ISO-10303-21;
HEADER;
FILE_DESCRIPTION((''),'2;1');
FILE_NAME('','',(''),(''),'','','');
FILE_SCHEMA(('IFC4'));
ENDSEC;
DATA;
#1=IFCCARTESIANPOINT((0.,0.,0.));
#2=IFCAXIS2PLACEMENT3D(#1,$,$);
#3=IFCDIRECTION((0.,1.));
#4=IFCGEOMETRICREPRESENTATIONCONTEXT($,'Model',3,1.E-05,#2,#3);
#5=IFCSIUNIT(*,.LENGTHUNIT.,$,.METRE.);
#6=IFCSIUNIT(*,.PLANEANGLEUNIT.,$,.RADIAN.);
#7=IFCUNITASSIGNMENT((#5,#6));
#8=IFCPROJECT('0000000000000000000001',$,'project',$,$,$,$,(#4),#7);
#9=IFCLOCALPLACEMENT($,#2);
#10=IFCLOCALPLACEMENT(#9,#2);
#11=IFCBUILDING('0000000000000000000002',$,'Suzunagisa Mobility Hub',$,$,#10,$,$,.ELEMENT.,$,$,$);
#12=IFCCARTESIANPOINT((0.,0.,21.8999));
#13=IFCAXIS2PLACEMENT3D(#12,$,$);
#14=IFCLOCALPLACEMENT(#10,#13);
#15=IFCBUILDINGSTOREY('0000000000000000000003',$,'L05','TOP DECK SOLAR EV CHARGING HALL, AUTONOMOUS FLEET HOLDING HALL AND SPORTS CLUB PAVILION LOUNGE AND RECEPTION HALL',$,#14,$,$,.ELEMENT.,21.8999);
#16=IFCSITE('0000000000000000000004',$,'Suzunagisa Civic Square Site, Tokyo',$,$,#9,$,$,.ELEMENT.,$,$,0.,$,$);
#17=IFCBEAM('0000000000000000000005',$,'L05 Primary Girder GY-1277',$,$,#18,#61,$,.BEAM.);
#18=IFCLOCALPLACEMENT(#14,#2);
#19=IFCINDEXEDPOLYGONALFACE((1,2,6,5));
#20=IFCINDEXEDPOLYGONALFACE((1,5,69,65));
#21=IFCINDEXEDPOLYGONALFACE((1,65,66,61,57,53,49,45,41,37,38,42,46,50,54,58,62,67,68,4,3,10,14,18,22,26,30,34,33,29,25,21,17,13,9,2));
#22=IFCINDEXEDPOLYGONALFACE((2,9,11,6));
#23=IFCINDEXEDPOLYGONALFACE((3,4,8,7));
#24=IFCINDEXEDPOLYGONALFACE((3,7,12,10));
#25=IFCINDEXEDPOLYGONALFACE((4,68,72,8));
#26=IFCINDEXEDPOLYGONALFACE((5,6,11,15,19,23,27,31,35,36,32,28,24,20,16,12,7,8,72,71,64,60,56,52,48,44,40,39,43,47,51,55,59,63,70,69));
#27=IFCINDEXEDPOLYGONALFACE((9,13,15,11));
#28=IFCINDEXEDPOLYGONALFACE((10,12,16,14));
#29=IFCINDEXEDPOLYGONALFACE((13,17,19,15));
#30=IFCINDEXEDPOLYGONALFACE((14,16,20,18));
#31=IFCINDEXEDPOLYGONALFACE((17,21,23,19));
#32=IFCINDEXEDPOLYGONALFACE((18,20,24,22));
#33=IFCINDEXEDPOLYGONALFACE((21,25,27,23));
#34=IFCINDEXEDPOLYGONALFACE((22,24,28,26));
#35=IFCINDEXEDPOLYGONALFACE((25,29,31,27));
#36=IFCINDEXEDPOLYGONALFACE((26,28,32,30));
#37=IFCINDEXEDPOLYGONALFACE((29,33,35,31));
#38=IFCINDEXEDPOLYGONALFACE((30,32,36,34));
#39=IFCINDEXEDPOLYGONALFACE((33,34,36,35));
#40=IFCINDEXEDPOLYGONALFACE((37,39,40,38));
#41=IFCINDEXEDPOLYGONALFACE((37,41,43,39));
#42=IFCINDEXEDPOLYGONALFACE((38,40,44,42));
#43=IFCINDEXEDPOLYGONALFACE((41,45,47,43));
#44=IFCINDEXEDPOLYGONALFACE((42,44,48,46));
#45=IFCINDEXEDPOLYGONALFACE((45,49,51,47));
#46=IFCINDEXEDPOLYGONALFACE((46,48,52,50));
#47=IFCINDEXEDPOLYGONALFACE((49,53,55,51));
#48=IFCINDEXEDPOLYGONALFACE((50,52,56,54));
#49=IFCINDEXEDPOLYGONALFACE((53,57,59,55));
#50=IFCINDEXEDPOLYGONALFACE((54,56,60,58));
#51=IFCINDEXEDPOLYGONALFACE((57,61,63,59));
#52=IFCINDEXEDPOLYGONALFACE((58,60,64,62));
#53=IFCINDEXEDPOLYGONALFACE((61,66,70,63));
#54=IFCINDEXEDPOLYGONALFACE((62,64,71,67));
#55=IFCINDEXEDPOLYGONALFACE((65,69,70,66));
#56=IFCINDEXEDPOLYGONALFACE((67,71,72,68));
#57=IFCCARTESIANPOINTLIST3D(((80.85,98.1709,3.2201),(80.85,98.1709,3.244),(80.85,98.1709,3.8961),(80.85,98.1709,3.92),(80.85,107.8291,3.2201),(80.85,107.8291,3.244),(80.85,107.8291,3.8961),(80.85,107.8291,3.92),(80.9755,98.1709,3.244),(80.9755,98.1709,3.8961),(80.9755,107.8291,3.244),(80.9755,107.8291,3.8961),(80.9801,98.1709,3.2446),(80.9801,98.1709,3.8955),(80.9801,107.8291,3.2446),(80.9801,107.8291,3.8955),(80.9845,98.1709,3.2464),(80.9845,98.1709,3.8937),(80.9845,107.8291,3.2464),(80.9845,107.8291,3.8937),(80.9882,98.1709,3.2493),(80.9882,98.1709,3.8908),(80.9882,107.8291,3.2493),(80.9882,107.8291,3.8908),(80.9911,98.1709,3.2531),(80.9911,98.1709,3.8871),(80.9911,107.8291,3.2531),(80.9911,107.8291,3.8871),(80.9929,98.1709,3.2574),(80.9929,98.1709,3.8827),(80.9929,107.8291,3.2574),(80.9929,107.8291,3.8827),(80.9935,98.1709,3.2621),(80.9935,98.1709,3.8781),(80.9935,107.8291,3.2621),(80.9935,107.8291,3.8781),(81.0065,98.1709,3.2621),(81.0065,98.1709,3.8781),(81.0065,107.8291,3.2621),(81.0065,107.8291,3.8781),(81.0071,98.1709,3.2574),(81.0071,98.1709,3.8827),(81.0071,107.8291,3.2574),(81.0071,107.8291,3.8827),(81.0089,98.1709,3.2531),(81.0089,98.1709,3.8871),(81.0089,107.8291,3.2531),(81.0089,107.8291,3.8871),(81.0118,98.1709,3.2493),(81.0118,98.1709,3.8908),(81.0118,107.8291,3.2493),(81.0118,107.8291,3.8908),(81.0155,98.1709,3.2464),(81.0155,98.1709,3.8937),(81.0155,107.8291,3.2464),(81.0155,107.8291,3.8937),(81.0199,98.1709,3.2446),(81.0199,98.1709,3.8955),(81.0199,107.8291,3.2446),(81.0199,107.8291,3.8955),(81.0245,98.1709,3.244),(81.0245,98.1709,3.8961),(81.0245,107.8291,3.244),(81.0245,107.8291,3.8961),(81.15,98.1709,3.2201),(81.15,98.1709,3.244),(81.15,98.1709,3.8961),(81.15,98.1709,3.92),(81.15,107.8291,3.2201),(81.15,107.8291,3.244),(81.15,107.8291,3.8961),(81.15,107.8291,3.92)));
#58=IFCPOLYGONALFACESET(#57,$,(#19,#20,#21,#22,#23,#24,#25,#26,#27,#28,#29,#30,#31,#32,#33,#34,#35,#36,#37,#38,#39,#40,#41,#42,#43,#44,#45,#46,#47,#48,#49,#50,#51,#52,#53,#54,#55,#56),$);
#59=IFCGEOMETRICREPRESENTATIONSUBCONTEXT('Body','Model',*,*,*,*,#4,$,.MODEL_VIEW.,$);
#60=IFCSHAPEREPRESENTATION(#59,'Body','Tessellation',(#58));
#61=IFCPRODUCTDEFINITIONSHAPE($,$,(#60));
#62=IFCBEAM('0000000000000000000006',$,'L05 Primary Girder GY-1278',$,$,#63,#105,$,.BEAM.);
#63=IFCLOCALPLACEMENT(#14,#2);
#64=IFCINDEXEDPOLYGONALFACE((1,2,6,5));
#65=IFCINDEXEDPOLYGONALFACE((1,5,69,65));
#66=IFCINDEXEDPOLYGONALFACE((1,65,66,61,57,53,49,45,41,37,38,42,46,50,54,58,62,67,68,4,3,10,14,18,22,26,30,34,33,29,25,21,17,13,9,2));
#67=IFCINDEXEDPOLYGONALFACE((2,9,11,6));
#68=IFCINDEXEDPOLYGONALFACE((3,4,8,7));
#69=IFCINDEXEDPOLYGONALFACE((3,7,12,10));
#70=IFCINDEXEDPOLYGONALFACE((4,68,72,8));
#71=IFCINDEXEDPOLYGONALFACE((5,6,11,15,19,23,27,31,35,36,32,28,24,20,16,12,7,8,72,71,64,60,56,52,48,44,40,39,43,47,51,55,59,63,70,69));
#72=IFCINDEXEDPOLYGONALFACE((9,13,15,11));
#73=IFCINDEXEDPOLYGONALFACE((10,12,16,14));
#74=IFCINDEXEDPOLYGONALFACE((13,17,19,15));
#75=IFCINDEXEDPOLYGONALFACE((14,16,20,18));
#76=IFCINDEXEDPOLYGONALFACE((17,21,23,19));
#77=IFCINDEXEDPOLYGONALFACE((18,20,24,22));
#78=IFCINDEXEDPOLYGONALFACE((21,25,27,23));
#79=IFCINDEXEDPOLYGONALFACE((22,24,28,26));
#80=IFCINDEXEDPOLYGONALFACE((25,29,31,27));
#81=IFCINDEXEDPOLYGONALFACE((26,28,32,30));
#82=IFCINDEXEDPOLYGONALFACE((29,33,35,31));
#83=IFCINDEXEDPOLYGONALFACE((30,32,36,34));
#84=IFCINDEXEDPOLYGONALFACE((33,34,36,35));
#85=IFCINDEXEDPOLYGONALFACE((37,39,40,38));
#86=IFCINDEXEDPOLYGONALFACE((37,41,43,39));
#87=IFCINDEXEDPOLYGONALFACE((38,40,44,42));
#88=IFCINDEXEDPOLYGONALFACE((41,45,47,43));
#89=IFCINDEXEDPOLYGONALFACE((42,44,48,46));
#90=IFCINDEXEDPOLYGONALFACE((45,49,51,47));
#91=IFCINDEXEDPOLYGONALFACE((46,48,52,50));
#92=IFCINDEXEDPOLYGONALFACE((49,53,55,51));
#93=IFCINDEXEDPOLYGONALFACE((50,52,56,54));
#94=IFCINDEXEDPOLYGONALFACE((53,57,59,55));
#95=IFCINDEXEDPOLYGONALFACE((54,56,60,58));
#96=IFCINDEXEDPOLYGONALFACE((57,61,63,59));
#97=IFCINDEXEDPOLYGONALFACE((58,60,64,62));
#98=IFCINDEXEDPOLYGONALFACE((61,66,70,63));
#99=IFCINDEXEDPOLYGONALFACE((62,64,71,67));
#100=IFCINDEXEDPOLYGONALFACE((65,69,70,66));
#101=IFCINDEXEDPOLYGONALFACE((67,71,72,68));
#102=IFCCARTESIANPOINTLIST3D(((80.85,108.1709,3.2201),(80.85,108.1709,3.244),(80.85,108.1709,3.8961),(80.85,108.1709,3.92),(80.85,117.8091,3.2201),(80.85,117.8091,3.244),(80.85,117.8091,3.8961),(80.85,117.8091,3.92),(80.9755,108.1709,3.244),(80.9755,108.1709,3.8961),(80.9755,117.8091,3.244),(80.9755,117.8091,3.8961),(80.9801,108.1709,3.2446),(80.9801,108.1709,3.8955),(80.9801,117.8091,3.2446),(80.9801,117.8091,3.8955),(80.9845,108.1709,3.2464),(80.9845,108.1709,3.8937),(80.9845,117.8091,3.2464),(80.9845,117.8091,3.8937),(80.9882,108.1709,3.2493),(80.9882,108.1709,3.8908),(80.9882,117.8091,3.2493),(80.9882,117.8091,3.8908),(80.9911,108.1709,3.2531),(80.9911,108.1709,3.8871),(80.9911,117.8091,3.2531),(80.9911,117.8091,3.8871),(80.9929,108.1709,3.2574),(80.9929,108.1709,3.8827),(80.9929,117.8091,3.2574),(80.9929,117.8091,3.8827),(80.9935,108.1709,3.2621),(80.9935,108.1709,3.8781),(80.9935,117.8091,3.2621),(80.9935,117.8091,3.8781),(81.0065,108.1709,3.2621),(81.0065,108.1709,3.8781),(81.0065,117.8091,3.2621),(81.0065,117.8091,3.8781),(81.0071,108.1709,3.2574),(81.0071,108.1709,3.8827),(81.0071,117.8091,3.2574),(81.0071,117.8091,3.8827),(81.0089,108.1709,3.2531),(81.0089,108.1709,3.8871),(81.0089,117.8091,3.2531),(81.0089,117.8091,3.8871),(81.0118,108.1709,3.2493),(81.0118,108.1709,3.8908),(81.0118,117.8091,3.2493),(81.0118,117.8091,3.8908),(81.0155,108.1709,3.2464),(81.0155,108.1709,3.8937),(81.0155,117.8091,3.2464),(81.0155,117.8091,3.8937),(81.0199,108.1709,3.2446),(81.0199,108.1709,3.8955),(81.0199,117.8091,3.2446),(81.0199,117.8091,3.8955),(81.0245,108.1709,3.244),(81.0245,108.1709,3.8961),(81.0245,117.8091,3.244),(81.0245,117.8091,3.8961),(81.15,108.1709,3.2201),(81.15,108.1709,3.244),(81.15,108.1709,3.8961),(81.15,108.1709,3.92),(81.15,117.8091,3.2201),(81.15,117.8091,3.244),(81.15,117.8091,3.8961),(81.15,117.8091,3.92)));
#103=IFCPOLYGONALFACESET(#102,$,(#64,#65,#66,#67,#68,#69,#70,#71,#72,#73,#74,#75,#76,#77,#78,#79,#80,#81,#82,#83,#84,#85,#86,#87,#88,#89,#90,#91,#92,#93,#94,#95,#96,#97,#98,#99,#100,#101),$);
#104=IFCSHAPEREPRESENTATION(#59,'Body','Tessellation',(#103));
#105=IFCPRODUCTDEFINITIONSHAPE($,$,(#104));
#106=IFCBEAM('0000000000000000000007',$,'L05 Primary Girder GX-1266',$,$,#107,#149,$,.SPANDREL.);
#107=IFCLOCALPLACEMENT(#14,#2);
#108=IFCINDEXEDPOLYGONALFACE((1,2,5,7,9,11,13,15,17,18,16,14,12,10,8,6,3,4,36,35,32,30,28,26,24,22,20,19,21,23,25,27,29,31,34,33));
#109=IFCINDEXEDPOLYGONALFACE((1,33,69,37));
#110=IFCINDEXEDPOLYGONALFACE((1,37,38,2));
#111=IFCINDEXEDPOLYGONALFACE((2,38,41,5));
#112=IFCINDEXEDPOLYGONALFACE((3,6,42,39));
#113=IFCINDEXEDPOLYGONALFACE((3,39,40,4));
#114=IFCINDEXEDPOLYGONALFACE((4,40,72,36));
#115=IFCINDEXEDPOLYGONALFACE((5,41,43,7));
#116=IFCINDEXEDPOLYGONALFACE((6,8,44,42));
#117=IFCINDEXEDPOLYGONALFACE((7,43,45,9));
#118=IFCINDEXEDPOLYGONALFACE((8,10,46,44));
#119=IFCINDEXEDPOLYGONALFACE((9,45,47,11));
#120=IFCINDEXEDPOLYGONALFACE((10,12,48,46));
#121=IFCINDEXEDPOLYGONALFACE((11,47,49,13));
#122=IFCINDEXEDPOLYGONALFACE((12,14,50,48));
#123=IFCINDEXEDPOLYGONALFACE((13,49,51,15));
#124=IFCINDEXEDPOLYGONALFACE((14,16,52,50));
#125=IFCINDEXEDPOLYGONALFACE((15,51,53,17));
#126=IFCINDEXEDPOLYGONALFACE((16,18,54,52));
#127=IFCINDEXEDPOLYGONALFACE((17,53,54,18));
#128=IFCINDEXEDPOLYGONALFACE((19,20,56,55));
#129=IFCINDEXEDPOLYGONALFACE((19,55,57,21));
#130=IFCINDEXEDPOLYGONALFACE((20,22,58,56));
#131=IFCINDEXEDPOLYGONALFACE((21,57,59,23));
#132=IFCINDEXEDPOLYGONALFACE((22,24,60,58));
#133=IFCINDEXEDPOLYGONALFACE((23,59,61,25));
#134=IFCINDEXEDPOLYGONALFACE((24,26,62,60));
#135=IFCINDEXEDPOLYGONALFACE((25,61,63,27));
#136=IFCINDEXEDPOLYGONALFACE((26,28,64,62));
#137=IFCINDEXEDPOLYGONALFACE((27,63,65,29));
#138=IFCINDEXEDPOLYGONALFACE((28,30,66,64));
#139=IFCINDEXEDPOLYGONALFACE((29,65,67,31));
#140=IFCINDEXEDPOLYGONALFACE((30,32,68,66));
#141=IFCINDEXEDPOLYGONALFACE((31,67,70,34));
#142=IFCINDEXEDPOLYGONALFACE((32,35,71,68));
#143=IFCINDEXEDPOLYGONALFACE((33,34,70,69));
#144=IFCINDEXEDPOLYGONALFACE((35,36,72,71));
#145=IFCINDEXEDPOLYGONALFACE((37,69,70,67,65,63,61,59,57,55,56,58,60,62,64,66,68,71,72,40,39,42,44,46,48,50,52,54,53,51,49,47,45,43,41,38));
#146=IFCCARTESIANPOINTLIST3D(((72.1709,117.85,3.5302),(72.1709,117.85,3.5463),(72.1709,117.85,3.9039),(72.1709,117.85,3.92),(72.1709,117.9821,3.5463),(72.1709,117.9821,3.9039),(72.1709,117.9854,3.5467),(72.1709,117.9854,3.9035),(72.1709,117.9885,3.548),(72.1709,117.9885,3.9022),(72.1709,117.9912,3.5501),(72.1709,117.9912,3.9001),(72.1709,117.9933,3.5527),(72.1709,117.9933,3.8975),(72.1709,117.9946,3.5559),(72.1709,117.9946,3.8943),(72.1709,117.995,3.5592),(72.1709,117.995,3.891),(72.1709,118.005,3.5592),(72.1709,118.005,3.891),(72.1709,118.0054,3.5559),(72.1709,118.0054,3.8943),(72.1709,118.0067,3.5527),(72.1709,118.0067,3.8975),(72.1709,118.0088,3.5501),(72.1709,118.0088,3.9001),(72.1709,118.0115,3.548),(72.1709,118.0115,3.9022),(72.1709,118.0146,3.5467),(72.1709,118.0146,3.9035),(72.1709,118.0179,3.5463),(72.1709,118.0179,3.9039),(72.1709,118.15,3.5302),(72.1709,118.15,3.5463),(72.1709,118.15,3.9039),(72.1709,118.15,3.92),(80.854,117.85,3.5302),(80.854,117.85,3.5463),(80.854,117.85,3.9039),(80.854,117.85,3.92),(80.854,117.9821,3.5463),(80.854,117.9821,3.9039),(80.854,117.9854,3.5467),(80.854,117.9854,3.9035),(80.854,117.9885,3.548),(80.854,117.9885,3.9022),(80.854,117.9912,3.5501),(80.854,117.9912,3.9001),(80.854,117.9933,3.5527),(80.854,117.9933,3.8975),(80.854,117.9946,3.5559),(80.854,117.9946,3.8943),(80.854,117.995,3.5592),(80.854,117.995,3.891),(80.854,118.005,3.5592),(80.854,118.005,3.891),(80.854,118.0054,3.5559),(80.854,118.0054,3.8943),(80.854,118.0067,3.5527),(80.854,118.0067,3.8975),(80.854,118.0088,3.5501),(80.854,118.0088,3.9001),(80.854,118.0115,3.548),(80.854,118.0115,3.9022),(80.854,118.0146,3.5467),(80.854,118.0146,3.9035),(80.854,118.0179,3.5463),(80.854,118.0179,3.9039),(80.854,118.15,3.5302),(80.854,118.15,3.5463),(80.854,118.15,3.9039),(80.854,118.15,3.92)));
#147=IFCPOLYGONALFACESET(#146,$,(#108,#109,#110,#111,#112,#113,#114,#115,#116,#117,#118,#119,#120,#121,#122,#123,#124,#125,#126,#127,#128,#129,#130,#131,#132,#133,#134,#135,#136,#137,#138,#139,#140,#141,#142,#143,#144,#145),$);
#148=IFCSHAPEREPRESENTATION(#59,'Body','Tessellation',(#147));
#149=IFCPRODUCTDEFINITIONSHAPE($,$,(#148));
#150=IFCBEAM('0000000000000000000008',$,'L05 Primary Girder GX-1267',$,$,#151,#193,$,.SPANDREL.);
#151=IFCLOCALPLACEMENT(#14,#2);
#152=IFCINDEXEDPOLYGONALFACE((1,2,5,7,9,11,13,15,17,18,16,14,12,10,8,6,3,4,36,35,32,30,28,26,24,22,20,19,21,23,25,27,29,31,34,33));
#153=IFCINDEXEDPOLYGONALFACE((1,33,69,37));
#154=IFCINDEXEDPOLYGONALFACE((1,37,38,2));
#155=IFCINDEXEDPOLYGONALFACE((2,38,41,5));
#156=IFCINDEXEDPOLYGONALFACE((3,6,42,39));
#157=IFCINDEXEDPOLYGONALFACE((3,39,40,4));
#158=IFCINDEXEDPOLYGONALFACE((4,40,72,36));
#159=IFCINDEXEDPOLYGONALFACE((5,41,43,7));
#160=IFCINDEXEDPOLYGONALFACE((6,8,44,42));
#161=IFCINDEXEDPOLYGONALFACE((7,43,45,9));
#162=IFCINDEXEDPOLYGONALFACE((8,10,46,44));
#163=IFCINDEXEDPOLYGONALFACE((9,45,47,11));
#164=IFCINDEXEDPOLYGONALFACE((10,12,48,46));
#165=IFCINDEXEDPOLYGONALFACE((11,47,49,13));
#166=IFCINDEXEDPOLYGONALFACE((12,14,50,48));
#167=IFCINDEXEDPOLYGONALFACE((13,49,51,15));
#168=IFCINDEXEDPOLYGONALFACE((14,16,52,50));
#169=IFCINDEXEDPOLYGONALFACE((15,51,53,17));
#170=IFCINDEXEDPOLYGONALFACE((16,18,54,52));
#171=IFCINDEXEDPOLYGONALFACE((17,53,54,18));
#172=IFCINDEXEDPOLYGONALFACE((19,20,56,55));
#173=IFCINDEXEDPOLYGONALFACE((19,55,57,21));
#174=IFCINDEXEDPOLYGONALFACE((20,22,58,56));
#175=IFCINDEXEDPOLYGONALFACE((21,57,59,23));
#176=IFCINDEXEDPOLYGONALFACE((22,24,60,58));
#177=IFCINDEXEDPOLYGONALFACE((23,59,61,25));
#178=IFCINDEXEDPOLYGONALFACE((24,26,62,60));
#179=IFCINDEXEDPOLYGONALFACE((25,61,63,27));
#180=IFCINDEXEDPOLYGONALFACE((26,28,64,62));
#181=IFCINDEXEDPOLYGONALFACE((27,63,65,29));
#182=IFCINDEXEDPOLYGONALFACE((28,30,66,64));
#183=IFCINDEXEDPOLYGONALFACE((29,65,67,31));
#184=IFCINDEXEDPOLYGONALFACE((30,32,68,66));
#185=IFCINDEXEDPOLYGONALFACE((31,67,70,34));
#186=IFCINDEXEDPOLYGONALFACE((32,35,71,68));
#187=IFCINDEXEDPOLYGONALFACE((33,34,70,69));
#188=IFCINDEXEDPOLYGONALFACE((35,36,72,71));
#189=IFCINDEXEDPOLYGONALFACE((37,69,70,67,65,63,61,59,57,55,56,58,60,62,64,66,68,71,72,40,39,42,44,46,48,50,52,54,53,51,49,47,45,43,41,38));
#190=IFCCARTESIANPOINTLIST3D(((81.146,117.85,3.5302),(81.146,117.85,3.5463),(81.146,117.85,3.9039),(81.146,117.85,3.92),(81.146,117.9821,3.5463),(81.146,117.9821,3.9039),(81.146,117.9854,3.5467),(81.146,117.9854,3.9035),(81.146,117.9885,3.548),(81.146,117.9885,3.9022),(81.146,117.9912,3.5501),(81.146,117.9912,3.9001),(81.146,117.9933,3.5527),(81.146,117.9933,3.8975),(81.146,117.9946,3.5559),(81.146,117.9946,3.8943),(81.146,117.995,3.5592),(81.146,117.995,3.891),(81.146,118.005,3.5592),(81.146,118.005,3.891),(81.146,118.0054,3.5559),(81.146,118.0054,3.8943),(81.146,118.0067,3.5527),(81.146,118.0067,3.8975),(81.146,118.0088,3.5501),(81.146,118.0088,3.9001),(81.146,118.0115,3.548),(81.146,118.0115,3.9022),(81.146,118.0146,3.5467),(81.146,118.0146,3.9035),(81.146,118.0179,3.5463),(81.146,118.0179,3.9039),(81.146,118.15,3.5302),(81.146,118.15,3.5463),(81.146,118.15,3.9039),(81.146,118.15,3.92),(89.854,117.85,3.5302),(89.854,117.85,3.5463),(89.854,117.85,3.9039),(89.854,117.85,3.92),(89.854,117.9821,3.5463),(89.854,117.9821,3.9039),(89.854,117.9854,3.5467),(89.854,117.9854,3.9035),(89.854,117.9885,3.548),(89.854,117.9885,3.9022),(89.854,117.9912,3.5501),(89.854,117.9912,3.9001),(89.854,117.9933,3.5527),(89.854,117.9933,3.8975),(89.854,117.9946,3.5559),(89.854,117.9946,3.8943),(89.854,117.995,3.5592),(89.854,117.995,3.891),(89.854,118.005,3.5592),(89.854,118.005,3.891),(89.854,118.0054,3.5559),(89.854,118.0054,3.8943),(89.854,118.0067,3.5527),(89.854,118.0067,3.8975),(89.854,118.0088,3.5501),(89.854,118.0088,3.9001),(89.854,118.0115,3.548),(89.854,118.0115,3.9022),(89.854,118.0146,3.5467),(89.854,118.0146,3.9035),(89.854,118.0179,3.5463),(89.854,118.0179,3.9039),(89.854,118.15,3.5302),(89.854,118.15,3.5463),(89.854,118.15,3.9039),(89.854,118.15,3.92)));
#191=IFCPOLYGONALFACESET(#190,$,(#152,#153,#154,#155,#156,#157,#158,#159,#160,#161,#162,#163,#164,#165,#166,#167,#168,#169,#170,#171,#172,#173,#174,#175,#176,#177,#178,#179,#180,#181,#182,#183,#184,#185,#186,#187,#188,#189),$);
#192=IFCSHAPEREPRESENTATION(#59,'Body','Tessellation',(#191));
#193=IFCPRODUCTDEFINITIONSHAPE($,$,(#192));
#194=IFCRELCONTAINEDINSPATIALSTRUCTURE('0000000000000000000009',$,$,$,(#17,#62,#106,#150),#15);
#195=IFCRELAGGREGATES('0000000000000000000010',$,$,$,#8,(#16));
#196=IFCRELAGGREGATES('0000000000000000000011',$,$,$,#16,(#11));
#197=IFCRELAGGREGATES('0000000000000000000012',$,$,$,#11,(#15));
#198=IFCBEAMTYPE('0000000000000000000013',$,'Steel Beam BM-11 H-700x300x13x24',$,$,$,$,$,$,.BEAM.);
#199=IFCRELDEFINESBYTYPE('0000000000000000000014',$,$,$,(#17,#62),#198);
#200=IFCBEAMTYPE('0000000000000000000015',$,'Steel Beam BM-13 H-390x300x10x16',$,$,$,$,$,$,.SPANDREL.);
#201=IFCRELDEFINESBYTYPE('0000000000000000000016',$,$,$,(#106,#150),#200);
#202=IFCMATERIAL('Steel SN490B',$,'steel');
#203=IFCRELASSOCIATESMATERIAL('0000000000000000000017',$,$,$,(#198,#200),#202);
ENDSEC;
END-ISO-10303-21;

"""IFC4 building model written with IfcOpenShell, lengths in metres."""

from ifc_helpers import new_model, si_unit, direction, frame, origin, origin_2d, place, context, subcontext, project, spatial, i_section, extrude, material, material_profile, profile_set, type_object, element, save


model = new_model("IFC4")

# Units and contexts
model_context = context("Model", 3, precision=1e-05, world=origin(), true_north=direction((0.0, 1.0)))
body_context = subcontext(model_context, "Body", "Model", "MODEL_VIEW")
ifc_project = project(units=[si_unit("LENGTHUNIT", "METRE"), si_unit("PLANEANGLEUNIT", "RADIAN")], contexts=[model_context])

# Site, building, storey
site_placement = place(None, origin())
site = spatial("IfcSite", under=ifc_project, at=site_placement, Name="Suzunagisa Civic Square Site, Tokyo", CompositionType="ELEMENT", RefElevation=0.0)
building_placement = place(site_placement, origin())
building = spatial("IfcBuilding", under=site, at=building_placement, Name="Suzunagisa Mobility Hub", CompositionType="ELEMENT")
storey_placement = place(building_placement, frame((0.0, 0.0, 21.8999)))
storey = spatial("IfcBuildingStorey", under=building, at=storey_placement, Name="L05", Description="TOP DECK SOLAR EV CHARGING HALL, AUTONOMOUS FLEET HOLDING HALL AND SPORTS CLUB PAVILION LOUNGE AND RECEPTION HALL", CompositionType="ELEMENT", Elevation=21.8999)

# Shared definitions
ifc_material_1 = material(Name="Steel SN490B", Category="steel")

# Beams
ifc_material_profile_1 = material_profile(ifc_material_1, i_section(OverallWidth=0.3, OverallDepth=0.7, WebThickness=0.0129, FlangeThickness=0.0239, FilletRadius=0.0181, at=origin_2d()), Name="H-700x300x13x24")
ifc_profile_set_1 = profile_set([ifc_material_profile_1], Name="Steel SN490B")
beam_type_1 = type_object("IfcBeamType", Name="Steel Beam BM-11 H-700x300x13x24", PredefinedType="BEAM", material=ifc_profile_set_1)
beam_1_placement = place(storey_placement, frame((81.0, 98.1709, 3.5701), z_axis=(0.0, 1.0, 0.0), x_axis=(-1.0, 0.0, 0.0)))
element("IfcBeam", 1, at=beam_1_placement, inside=storey, type_object=beam_type_1, Name="L05 Primary Girder GY-1277", PredefinedType="BEAM", context=body_context, shape_type="SweptSolid", body=[
    extrude(i_section(OverallWidth=0.3, OverallDepth=0.7, WebThickness=0.0129, FlangeThickness=0.0239, FilletRadius=0.0181, at=origin_2d()), origin(), (0.0, 0.0, 1.0), 9.6582),
])
beam_2_placement = place(storey_placement, frame((81.0, 108.1709, 3.5701), z_axis=(0.0, 1.0, 0.0), x_axis=(-1.0, 0.0, 0.0)))
element("IfcBeam", 2, at=beam_2_placement, inside=storey, type_object=beam_type_1, Name="L05 Primary Girder GY-1278", PredefinedType="BEAM", context=body_context, shape_type="SweptSolid", body=[
    extrude(i_section(OverallWidth=0.3, OverallDepth=0.7, WebThickness=0.0129, FlangeThickness=0.0239, FilletRadius=0.0181, at=origin_2d()), origin(), (0.0, 0.0, 1.0), 9.6382),
])
ifc_material_profile_2 = material_profile(ifc_material_1, i_section(OverallWidth=0.3, OverallDepth=0.3899, WebThickness=0.01, FlangeThickness=0.0161, FilletRadius=0.0129, at=origin_2d()), Name="H-390x300x10x16")
ifc_profile_set_2 = profile_set([ifc_material_profile_2], Name="Steel SN490B")
beam_type_2 = type_object("IfcBeamType", Name="Steel Beam BM-13 H-390x300x10x16", PredefinedType="SPANDREL", material=ifc_profile_set_2)
beam_3_placement = place(storey_placement, frame((72.1709, 118.0, 3.7251), z_axis=(1.0, 0.0, 0.0), x_axis=(0.0, 1.0, 0.0)))
element("IfcBeam", 3, at=beam_3_placement, inside=storey, type_object=beam_type_2, Name="L05 Primary Girder GX-1266", PredefinedType="SPANDREL", context=body_context, shape_type="SweptSolid", body=[
    extrude(i_section(OverallWidth=0.3, OverallDepth=0.3899, WebThickness=0.01, FlangeThickness=0.0161, FilletRadius=0.0129, at=origin_2d()), origin(), (0.0, 0.0, 1.0), 8.6831),
])
beam_4_placement = place(storey_placement, frame((81.146, 118.0, 3.7251), z_axis=(1.0, 0.0, 0.0), x_axis=(0.0, 1.0, 0.0)))
element("IfcBeam", 4, at=beam_4_placement, inside=storey, type_object=beam_type_2, Name="L05 Primary Girder GX-1267", PredefinedType="SPANDREL", context=body_context, shape_type="SweptSolid", body=[
    extrude(i_section(OverallWidth=0.3, OverallDepth=0.3899, WebThickness=0.01, FlangeThickness=0.0161, FilletRadius=0.0129, at=origin_2d()), origin(), (0.0, 0.0, 1.0), 8.708),
])

save(model, "model.ifc")
